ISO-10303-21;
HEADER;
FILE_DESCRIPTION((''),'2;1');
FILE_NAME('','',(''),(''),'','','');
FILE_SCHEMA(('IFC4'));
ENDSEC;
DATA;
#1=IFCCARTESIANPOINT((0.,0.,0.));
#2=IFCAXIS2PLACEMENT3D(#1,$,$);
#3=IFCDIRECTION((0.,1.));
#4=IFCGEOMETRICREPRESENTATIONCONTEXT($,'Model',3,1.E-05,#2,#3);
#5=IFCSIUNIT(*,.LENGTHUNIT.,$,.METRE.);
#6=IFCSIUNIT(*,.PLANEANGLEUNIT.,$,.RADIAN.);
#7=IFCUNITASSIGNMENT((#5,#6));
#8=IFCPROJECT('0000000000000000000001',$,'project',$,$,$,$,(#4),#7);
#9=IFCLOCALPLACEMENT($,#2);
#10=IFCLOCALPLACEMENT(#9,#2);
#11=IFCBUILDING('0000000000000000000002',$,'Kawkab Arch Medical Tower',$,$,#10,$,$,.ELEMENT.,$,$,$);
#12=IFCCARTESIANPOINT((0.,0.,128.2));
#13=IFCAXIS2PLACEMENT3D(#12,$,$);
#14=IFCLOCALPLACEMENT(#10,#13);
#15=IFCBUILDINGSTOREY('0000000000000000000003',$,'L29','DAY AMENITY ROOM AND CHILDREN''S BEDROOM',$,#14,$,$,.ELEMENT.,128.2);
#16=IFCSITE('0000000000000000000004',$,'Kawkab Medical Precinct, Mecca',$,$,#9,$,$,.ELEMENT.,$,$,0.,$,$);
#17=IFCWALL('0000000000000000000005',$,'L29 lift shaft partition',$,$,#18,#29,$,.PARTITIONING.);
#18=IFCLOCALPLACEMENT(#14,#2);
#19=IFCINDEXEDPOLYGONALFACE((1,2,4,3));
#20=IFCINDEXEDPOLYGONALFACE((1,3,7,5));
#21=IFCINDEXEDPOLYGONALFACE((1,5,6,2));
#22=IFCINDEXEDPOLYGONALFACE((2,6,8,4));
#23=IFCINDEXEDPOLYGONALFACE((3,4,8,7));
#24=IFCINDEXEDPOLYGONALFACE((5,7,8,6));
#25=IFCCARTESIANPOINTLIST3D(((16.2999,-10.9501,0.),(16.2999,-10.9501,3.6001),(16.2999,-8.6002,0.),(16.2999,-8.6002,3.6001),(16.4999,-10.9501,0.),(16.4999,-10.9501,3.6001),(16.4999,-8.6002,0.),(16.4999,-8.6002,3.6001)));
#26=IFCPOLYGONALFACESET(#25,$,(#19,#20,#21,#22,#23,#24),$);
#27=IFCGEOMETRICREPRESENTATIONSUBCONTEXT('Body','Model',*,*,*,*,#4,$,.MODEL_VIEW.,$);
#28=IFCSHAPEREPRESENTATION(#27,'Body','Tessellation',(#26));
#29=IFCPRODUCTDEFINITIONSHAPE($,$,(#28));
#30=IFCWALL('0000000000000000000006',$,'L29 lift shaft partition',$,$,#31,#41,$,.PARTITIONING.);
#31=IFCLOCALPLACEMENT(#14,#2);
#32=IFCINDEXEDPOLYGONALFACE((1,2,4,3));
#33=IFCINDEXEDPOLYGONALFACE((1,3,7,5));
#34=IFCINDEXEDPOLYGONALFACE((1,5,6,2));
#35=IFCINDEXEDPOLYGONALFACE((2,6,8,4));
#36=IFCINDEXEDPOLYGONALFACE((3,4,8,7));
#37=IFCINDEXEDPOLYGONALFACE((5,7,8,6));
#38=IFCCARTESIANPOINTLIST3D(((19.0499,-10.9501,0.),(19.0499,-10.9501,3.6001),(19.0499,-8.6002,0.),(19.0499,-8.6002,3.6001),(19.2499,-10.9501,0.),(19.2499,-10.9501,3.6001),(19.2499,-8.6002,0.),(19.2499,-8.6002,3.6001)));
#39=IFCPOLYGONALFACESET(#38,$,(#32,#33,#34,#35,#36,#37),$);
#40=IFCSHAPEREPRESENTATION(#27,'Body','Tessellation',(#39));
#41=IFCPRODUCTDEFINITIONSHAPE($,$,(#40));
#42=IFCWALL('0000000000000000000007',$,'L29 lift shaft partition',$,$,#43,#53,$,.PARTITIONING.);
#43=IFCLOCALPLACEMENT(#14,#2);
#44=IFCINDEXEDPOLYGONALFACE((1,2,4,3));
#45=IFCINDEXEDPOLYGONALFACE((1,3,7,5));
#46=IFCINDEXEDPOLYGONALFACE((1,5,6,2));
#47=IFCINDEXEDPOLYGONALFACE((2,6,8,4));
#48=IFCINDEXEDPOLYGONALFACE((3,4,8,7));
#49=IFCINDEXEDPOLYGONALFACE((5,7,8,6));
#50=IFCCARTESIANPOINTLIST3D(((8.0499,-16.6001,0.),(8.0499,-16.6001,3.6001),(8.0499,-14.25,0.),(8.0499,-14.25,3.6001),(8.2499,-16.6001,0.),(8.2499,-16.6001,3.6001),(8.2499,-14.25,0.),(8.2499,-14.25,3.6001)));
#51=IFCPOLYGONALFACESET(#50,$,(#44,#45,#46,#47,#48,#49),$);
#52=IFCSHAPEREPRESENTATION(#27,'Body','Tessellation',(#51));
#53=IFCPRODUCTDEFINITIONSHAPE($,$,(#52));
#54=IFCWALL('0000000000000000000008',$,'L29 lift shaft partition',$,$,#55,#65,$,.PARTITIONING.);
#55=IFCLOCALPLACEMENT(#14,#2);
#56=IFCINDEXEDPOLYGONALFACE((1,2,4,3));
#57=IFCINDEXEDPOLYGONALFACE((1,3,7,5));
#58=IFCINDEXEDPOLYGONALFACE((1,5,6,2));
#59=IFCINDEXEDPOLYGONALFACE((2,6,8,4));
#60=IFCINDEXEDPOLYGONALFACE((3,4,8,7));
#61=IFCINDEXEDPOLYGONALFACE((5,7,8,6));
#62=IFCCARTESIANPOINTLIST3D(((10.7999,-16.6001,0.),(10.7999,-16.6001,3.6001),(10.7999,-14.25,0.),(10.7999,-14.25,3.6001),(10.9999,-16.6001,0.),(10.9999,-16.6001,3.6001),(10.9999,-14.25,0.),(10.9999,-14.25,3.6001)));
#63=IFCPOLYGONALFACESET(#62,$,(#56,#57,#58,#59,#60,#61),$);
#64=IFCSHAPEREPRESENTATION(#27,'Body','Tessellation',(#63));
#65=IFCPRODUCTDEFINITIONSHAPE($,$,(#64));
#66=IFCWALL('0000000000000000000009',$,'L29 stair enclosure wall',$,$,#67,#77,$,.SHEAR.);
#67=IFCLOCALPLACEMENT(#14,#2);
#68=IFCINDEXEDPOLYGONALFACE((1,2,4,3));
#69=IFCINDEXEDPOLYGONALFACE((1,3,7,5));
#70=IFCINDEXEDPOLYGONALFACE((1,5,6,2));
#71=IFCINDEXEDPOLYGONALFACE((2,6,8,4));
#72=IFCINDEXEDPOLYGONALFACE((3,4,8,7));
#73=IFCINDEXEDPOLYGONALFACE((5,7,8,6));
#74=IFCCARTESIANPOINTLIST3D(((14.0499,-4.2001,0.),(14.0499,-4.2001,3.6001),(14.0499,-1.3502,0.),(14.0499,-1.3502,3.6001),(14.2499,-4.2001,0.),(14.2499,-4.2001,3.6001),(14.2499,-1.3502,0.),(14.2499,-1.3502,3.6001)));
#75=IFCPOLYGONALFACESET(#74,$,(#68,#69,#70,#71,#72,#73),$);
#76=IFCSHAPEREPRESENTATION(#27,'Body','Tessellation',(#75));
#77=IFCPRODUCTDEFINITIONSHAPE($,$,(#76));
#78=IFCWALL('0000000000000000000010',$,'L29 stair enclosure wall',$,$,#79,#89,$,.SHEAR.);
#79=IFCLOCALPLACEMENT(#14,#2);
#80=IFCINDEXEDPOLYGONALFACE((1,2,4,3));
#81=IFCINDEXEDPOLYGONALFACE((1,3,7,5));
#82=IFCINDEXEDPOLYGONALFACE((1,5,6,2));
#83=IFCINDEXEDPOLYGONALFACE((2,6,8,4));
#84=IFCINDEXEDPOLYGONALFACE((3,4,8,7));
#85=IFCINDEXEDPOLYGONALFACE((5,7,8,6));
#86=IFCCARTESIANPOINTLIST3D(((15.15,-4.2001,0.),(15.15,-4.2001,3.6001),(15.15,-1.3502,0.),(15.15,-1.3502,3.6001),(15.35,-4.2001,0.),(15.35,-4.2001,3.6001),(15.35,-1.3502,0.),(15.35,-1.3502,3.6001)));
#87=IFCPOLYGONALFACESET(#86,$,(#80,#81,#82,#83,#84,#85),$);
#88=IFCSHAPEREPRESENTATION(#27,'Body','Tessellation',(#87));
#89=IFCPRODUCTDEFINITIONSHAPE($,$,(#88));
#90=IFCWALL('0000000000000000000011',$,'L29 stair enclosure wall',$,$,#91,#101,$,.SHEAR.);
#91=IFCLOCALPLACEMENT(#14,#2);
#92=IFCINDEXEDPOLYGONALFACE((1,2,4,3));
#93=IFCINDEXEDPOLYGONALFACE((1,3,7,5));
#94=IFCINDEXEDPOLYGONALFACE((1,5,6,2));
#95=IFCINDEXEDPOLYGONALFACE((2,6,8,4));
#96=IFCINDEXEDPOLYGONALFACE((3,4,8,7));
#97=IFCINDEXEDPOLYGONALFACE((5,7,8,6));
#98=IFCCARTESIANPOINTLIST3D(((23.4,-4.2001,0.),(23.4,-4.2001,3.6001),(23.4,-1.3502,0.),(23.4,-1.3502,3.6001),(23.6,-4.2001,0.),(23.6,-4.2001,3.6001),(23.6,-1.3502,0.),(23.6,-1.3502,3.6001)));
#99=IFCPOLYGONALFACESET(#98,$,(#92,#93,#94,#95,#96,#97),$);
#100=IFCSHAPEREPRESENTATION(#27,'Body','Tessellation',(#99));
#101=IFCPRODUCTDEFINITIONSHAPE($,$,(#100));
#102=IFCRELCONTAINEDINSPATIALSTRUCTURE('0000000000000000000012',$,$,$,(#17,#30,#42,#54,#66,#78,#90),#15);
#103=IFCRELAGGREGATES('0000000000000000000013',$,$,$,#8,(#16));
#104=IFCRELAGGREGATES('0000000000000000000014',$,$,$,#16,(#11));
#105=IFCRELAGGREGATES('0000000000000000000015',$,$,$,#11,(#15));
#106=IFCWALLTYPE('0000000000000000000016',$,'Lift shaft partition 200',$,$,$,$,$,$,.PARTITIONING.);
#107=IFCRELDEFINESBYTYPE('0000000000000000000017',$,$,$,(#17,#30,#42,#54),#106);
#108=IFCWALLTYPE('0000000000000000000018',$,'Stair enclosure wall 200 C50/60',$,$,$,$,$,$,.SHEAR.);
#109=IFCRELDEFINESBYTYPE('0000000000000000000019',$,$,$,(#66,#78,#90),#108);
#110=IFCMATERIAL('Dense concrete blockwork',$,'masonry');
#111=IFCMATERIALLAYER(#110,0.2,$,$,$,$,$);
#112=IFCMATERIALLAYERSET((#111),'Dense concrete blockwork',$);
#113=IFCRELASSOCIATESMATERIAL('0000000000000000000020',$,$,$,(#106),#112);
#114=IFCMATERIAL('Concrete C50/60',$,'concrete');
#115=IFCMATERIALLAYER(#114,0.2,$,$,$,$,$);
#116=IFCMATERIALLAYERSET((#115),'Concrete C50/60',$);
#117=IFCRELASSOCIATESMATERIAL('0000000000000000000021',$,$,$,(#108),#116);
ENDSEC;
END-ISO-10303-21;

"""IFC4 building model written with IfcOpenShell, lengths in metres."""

from ifc_helpers import new_model, si_unit, direction, frame, frame_2d, origin, place, context, subcontext, project, spatial, rectangle, extrude, material, layer, layer_set, type_object, element, save


model = new_model("IFC4")

# Units and contexts
model_context = context("Model", 3, precision=1e-05, world=origin(), true_north=direction((0.0, 1.0)))
body_context = subcontext(model_context, "Body", "Model", "MODEL_VIEW")
ifc_project = project(units=[si_unit("LENGTHUNIT", "METRE"), si_unit("PLANEANGLEUNIT", "RADIAN")], contexts=[model_context])

# Site, building, storey
site_placement = place(None, origin())
site = spatial("IfcSite", under=ifc_project, at=site_placement, Name="Kawkab Medical Precinct, Mecca", CompositionType="ELEMENT", RefElevation=0.0)
building_placement = place(site_placement, origin())
building = spatial("IfcBuilding", under=site, at=building_placement, Name="Kawkab Arch Medical Tower", CompositionType="ELEMENT")
storey_placement = place(building_placement, frame((0.0, 0.0, 128.2)))
storey = spatial("IfcBuildingStorey", under=building, at=storey_placement, Name="L29", Description="DAY AMENITY ROOM AND CHILDREN'S BEDROOM", CompositionType="ELEMENT", Elevation=128.2)

# Walls
ifc_material_1 = material(Name="Dense concrete blockwork", Category="masonry")
ifc_layer_1 = layer(ifc_material_1, 0.2)
ifc_layer_set_1 = layer_set([ifc_layer_1], Name="Dense concrete blockwork")
wall_type_1 = type_object("IfcWallType", Name="Lift shaft partition 200", PredefinedType="PARTITIONING", material=ifc_layer_set_1)
for number, where, z_axis, x_axis, name in (
    (1, (16.3999, -10.95, 0.0), (0.0, 0.0, 1.0), (0.0, 1.0, 0.0), "L29 lift shaft partition"),
    (2, (19.1499, -10.95, 0.0), (0.0, 0.0, 1.0), (0.0, 1.0, 0.0), "L29 lift shaft partition"),
):
    element("IfcWall", number, at=place(storey_placement, frame(where, z_axis=z_axis, x_axis=x_axis)), inside=storey, type_object=wall_type_1, Name=name, PredefinedType="PARTITIONING", context=body_context, shape_type="SweptSolid", body=[
        extrude(rectangle(XDim=2.3499, YDim=0.2, at=frame_2d((1.1748, 0.0))), origin(), (0.0, 0.0, 1.0), 3.6001),
    ])
for number, where, z_axis, x_axis, name in (
    (3, (8.1499, -16.6001, 0.0), (0.0, 0.0, 1.0), (0.0, 1.0, 0.0), "L29 lift shaft partition"),
    (4, (10.8999, -16.6001, 0.0), (0.0, 0.0, 1.0), (0.0, 1.0, 0.0), "L29 lift shaft partition"),
):
    element("IfcWall", number, at=place(storey_placement, frame(where, z_axis=z_axis, x_axis=x_axis)), inside=storey, type_object=wall_type_1, Name=name, PredefinedType="PARTITIONING", context=body_context, shape_type="SweptSolid", body=[
        extrude(rectangle(XDim=2.3501, YDim=0.2, at=frame_2d((1.175, 0.0))), origin(), (0.0, 0.0, 1.0), 3.6001),
    ])
ifc_material_2 = material(Name="Concrete C50/60", Category="concrete")
ifc_layer_2 = layer(ifc_material_2, 0.2)
ifc_layer_set_2 = layer_set([ifc_layer_2], Name="Concrete C50/60")
wall_type_2 = type_object("IfcWallType", Name="Stair enclosure wall 200 C50/60", PredefinedType="SHEAR", material=ifc_layer_set_2)
for number, where, z_axis, x_axis, name in (
    (5, (14.1499, -4.2, 0.0), (0.0, 0.0, 1.0), (0.0, 1.0, 0.0), "L29 stair enclosure wall"),
    (6, (15.25, -4.2, 0.0), (0.0, 0.0, 1.0), (0.0, 1.0, 0.0), "L29 stair enclosure wall"),
    (7, (23.5, -4.2, 0.0), (0.0, 0.0, 1.0), (0.0, 1.0, 0.0), "L29 stair enclosure wall"),
):
    element("IfcWall", number, at=place(storey_placement, frame(where, z_axis=z_axis, x_axis=x_axis)), inside=storey, type_object=wall_type_2, Name=name, PredefinedType="SHEAR", context=body_context, shape_type="SweptSolid", body=[
        extrude(rectangle(XDim=2.8499, YDim=0.2, at=frame_2d((1.4248, 0.0))), origin(), (0.0, 0.0, 1.0), 3.6001),
    ])

save(model, "model.ifc")
